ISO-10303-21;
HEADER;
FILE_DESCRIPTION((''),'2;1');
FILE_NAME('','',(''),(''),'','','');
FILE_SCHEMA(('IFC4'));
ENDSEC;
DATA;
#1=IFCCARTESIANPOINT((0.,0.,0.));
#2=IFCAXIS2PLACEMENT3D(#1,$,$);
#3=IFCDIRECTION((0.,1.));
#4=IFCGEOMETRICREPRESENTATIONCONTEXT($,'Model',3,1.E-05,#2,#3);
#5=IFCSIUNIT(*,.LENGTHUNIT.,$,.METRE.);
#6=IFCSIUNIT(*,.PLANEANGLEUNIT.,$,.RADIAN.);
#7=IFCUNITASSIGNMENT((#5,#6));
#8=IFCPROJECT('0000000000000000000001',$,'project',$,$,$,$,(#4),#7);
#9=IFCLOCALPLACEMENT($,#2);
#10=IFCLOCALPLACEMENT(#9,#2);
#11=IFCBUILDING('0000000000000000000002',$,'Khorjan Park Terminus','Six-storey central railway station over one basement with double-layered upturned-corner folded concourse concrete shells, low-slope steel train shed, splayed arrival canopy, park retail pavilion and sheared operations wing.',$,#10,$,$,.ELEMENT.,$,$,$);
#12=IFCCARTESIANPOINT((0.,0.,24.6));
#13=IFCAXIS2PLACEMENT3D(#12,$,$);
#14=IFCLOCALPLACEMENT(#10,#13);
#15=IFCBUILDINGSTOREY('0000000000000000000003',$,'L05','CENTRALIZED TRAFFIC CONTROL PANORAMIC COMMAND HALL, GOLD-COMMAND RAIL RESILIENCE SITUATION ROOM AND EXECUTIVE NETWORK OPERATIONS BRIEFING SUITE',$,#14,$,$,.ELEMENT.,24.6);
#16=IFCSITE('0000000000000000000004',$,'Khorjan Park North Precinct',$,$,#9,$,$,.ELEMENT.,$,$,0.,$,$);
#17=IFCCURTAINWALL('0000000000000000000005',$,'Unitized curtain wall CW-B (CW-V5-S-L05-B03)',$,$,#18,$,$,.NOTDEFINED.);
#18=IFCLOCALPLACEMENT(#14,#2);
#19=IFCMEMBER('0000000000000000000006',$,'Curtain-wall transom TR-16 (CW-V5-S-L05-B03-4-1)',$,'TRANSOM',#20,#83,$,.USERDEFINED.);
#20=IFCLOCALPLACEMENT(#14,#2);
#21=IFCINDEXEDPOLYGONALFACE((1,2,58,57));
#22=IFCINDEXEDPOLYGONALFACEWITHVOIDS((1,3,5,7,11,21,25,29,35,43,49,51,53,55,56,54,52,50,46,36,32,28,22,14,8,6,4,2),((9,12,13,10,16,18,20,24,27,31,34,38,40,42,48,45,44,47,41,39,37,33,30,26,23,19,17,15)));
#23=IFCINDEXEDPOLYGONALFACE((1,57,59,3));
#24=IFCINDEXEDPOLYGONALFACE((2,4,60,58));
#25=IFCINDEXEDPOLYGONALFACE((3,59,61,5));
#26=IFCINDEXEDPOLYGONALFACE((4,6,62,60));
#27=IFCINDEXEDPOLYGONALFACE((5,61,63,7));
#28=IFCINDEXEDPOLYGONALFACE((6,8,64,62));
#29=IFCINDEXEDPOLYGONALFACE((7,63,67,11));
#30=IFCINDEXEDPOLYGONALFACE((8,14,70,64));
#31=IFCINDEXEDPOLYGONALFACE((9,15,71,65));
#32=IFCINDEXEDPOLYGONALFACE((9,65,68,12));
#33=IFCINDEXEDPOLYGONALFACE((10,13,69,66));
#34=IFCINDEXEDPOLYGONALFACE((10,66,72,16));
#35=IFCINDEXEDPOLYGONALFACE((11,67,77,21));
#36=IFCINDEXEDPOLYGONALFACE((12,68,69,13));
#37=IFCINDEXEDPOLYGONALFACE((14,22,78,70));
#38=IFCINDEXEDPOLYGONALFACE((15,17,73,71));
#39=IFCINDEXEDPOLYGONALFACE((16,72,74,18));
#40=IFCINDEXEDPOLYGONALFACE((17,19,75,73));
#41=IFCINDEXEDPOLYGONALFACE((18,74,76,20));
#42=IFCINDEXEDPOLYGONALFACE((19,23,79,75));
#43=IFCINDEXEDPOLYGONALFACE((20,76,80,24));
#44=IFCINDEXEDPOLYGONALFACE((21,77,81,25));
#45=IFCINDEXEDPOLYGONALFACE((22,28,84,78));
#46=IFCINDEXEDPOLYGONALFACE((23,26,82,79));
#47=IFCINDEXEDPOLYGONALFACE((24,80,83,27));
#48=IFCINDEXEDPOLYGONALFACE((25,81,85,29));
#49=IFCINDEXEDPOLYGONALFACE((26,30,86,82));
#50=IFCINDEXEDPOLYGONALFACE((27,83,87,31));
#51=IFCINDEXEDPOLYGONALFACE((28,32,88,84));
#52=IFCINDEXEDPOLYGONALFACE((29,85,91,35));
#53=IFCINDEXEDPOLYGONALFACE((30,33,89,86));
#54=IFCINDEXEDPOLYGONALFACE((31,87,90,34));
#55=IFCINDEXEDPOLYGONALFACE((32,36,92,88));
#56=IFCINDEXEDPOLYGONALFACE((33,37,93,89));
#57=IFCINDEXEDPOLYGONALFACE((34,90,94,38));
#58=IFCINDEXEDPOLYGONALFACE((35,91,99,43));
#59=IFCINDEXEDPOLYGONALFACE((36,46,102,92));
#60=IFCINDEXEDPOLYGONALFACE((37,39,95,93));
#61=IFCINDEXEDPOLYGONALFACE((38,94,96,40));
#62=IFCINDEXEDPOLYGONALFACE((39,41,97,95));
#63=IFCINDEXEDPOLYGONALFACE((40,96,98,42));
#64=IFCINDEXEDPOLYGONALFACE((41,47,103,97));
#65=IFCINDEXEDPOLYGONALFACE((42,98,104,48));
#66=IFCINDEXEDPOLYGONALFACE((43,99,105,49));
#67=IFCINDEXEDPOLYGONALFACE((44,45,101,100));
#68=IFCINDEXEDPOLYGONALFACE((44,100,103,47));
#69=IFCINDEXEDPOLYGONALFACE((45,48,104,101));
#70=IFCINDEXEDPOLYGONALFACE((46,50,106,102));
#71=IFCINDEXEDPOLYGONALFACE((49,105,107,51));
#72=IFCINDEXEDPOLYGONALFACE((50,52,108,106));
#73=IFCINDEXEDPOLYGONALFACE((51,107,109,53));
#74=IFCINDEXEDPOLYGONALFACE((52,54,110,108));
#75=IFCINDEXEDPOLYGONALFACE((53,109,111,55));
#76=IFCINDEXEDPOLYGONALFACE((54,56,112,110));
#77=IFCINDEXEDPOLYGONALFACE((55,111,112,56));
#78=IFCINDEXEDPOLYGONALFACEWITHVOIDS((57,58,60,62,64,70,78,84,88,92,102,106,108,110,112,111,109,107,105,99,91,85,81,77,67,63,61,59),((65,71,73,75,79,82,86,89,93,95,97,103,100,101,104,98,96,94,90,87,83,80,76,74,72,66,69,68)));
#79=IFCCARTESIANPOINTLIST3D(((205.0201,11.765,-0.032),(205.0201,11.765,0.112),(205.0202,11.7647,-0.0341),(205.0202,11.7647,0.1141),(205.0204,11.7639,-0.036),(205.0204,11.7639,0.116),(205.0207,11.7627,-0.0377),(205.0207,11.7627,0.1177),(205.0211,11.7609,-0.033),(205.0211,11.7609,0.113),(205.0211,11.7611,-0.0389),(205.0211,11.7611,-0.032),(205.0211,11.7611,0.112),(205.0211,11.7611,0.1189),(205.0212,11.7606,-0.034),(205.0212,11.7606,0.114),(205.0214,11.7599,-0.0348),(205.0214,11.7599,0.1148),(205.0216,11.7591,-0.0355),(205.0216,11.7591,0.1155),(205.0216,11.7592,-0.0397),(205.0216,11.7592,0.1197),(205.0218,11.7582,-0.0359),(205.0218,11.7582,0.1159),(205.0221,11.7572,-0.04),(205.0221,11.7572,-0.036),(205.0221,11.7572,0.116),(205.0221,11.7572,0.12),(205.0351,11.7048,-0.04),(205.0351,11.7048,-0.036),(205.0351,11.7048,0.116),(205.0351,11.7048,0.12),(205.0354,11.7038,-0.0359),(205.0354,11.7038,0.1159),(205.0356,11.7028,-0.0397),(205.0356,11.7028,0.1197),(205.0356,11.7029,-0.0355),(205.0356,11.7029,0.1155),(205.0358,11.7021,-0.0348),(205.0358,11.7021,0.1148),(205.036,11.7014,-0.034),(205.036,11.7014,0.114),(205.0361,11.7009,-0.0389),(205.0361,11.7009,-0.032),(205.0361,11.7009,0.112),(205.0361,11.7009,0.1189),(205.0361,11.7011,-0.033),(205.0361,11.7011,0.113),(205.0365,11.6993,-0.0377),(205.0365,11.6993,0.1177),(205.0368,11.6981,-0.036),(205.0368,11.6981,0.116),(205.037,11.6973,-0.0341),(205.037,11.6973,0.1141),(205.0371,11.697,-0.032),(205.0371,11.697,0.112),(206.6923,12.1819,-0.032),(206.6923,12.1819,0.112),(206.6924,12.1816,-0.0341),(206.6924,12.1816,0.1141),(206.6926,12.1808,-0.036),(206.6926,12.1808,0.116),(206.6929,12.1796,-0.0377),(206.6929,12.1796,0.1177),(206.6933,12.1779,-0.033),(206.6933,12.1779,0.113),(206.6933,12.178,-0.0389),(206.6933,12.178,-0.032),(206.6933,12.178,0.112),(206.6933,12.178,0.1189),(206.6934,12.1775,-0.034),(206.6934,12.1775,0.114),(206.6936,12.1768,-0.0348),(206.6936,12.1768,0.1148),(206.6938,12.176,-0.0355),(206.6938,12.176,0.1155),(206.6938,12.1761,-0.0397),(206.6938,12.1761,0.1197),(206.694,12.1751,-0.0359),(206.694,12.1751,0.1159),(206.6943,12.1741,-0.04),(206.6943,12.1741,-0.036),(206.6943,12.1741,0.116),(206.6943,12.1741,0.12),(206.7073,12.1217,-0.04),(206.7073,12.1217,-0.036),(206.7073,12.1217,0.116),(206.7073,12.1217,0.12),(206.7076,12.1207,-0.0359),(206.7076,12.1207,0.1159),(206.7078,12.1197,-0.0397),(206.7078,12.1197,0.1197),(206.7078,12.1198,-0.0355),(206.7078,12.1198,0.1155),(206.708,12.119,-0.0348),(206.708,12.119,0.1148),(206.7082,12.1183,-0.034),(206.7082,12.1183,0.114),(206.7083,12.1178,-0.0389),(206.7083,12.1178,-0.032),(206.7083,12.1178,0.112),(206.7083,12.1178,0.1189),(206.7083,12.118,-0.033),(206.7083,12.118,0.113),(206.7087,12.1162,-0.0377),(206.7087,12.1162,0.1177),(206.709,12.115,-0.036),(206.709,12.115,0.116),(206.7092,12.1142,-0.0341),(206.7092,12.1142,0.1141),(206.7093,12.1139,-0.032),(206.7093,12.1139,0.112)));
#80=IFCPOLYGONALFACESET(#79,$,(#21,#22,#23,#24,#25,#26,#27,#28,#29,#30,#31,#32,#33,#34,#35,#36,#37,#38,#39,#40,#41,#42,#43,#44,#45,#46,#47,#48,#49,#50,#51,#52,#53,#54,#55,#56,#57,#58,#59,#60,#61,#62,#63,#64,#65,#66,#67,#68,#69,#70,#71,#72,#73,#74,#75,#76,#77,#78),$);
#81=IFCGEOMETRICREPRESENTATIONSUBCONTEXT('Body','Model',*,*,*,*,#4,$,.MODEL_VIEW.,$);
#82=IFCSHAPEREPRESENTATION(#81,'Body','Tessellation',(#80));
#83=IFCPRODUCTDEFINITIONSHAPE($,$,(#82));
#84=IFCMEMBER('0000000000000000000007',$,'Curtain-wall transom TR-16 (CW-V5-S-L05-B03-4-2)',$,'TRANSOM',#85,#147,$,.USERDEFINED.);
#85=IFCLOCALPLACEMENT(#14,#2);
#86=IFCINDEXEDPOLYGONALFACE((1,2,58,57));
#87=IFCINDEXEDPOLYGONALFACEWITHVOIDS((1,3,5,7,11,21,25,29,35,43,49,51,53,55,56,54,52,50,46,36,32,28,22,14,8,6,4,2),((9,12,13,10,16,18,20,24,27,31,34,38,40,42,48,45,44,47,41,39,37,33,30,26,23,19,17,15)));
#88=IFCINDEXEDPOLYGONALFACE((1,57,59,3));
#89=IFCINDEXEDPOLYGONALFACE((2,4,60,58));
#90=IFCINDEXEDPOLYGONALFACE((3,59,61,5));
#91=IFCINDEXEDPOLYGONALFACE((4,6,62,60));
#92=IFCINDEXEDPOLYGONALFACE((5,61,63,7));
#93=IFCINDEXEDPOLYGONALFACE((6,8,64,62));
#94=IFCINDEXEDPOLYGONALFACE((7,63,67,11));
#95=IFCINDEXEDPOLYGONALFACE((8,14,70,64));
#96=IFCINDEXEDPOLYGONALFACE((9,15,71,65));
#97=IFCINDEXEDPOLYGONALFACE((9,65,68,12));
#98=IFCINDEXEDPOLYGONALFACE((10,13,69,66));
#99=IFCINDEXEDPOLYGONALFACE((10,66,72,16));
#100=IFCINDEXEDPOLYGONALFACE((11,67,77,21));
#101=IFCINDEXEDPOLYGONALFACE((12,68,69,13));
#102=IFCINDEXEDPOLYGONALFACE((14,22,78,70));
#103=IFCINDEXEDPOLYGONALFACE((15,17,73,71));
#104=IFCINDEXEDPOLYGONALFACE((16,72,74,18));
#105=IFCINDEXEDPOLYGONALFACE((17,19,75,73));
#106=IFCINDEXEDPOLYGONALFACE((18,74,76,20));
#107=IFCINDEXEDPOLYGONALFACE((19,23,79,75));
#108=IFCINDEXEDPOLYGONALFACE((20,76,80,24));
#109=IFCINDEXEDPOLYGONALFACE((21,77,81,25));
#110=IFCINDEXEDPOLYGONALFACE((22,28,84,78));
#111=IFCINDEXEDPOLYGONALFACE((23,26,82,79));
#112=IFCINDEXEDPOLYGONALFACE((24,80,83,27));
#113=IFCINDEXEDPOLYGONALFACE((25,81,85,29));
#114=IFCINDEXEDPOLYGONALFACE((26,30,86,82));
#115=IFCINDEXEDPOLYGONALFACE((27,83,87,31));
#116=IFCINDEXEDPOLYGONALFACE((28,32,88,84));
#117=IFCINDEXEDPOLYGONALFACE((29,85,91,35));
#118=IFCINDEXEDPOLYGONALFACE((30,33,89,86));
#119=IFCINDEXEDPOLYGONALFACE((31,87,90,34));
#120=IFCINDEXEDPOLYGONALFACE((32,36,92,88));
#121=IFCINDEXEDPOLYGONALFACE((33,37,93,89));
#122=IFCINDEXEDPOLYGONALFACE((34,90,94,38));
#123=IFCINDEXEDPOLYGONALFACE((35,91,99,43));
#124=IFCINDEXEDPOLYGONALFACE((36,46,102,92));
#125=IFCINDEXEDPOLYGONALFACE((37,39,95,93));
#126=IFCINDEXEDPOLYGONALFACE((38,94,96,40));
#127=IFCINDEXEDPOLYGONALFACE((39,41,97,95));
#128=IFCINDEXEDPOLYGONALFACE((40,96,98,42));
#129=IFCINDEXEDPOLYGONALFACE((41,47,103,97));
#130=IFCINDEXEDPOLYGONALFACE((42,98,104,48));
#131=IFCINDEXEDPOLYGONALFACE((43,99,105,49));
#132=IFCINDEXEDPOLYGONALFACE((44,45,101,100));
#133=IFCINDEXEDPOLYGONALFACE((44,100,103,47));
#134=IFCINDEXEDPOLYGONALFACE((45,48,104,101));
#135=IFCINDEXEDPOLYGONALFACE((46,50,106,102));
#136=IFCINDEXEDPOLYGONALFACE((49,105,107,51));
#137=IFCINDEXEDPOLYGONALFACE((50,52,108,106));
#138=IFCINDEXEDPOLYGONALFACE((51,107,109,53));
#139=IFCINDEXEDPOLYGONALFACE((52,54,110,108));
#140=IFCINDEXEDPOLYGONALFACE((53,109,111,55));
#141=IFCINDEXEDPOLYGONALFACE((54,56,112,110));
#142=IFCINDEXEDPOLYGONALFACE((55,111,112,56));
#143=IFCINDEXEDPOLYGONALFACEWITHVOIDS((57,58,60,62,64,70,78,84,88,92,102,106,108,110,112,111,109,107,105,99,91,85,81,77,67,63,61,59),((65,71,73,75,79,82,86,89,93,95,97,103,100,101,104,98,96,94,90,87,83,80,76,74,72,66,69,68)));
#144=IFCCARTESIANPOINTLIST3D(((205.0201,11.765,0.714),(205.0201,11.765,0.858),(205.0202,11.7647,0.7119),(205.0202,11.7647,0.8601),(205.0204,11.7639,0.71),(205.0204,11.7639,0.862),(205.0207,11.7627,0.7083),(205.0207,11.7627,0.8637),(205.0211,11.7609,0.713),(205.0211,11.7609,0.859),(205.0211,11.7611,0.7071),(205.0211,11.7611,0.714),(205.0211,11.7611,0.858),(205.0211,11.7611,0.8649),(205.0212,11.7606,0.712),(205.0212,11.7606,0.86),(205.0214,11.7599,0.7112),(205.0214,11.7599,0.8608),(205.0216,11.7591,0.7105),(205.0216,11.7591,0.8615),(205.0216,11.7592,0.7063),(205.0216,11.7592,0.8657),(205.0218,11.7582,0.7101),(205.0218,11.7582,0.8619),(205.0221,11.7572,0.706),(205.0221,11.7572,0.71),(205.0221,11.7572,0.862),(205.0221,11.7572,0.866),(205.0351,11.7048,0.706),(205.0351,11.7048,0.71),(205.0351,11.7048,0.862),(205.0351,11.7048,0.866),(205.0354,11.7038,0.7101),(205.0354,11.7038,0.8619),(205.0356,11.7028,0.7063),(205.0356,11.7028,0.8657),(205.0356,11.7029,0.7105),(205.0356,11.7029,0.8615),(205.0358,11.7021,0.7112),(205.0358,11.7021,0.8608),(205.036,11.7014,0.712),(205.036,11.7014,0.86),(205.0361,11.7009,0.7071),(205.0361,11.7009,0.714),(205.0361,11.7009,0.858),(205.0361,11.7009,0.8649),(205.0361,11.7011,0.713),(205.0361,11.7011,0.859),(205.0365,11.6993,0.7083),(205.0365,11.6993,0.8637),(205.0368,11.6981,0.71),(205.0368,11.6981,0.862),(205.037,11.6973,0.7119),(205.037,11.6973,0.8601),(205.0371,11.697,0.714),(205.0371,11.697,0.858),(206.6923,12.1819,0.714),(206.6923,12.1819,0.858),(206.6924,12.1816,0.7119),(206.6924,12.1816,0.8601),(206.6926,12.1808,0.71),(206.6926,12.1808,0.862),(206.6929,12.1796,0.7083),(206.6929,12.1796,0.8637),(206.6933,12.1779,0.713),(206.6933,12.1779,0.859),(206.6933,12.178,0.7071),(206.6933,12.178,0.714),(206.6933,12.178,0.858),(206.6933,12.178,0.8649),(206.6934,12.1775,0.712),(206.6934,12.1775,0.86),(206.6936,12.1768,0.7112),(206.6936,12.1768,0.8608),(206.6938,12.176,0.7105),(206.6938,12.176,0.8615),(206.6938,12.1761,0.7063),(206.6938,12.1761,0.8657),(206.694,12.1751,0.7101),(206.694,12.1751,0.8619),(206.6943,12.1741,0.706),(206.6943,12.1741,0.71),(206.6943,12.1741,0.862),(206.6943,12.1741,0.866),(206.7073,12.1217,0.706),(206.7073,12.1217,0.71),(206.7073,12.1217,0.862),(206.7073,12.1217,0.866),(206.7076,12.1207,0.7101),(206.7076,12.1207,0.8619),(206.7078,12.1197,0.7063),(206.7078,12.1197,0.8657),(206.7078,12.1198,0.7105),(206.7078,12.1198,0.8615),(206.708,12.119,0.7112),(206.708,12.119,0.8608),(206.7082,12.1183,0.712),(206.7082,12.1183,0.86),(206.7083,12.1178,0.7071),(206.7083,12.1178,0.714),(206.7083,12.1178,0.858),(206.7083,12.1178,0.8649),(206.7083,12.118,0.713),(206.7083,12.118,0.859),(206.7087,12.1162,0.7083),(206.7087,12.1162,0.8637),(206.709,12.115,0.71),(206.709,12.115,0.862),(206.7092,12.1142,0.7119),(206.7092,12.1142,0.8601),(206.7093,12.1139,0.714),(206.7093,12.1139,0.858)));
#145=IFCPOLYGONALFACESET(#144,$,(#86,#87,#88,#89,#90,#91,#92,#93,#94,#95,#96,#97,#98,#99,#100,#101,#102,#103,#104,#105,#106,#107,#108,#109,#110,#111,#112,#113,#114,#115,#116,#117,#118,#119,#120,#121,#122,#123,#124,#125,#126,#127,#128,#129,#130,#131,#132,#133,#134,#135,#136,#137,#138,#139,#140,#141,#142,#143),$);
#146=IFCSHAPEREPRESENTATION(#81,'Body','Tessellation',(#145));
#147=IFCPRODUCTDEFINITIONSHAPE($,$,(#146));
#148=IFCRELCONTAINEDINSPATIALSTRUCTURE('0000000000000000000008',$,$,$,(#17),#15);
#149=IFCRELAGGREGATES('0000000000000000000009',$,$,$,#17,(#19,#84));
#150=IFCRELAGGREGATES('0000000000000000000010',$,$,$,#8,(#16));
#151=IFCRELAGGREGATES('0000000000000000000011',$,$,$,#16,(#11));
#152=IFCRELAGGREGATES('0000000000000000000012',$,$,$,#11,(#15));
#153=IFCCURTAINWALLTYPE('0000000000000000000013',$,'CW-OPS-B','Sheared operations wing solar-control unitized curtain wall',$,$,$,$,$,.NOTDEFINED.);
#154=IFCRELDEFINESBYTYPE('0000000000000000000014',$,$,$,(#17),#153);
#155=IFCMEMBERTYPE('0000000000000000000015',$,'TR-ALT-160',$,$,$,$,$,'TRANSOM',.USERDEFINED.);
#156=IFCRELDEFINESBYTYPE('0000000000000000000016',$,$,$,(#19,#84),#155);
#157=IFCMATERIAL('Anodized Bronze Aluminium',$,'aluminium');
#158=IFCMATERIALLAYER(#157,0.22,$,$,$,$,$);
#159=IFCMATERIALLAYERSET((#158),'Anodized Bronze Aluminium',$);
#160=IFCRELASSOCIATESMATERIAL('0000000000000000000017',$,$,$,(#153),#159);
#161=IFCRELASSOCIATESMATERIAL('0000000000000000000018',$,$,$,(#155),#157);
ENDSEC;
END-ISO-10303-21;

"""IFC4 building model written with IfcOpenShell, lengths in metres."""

from ifc_helpers import new_model, si_unit, direction, frame, origin, origin_2d, place, context, subcontext, project, spatial, hollow_rectangle, extrude, material, layer, layer_set, material_profile, profile_set, type_object, element, aggregate, save


model = new_model("IFC4")

# Units and contexts
model_context = context("Model", 3, precision=1e-05, world=origin(), true_north=direction((0.0, 1.0)))
body_context = subcontext(model_context, "Body", "Model", "MODEL_VIEW")
ifc_project = project(units=[si_unit("LENGTHUNIT", "METRE"), si_unit("PLANEANGLEUNIT", "RADIAN")], contexts=[model_context])

# Site, building, storey
site_placement = place(None, origin())
site = spatial("IfcSite", under=ifc_project, at=site_placement, Name="Khorjan Park North Precinct", CompositionType="ELEMENT", RefElevation=0.0)
building_placement = place(site_placement, origin())
building = spatial("IfcBuilding", under=site, at=building_placement, Name="Khorjan Park Terminus", Description="Six-storey central railway station over one basement with double-layered upturned-corner folded concourse concrete shells, low-slope steel train shed, splayed arrival canopy, park retail pavilion and sheared operations wing.", CompositionType="ELEMENT")
storey_placement = place(building_placement, frame((0.0, 0.0, 24.6)))
storey = spatial("IfcBuildingStorey", under=building, at=storey_placement, Name="L05", Description="CENTRALIZED TRAFFIC CONTROL PANORAMIC COMMAND HALL, GOLD-COMMAND RAIL RESILIENCE SITUATION ROOM AND EXECUTIVE NETWORK OPERATIONS BRIEFING SUITE", CompositionType="ELEMENT", Elevation=24.6)

# Curtain wall, members
ifc_material_1 = material(Name="Anodized Bronze Aluminium", Category="aluminium")
ifc_layer_1 = layer(ifc_material_1, 0.22)
ifc_layer_set_1 = layer_set([ifc_layer_1], Name="Anodized Bronze Aluminium")
curtain_wall_type = type_object("IfcCurtainWallType", Name="CW-OPS-B", Description="Sheared operations wing solar-control unitized curtain wall", PredefinedType="NOTDEFINED", material=ifc_layer_set_1)
curtain_wall_placement = place(storey_placement, origin())
curtain_wall = element("IfcCurtainWall", 1, at=curtain_wall_placement, inside=storey, type_object=curtain_wall_type, Name="Unitized curtain wall CW-B (CW-V5-S-L05-B03)", PredefinedType="NOTDEFINED")
ifc_material_profile_1 = material_profile(ifc_material_1, hollow_rectangle(XDim=0.07, YDim=0.16, WallThickness=0.004, InnerFilletRadius=0.004, OuterFilletRadius=0.008, at=origin_2d()), Name="ALT 70x160x4")
ifc_profile_set_1 = profile_set([ifc_material_profile_1], Name="Anodized Bronze Aluminium")
member_type_1 = type_object("IfcMemberType", Name="TR-ALT-160", ElementType="TRANSOM", PredefinedType="USERDEFINED", material=ifc_profile_set_1)
member_1_placement = place(storey_placement, frame((205.0286, 11.731, 0.04), z_axis=(0.970299, 0.241908, 0.0), x_axis=(-0.241908, 0.970299, 0.0)))
member_1 = element("IfcMember", 2, at=member_1_placement, type_object=member_type_1, Name="Curtain-wall transom TR-16 (CW-V5-S-L05-B03-4-1)", ObjectType="TRANSOM", PredefinedType="USERDEFINED", context=body_context, shape_type="SweptSolid", body=[
    extrude(hollow_rectangle(XDim=0.07, YDim=0.16, WallThickness=0.004, InnerFilletRadius=0.004, OuterFilletRadius=0.008, at=origin_2d()), origin(), (0.0, 0.0, 1.0), 1.7234),
])
member_2_placement = place(storey_placement, frame((205.0286, 11.731, 0.786), z_axis=(0.970299, 0.241908, 0.0), x_axis=(-0.241908, 0.970299, 0.0)))
member_2 = element("IfcMember", 3, at=member_2_placement, type_object=member_type_1, Name="Curtain-wall transom TR-16 (CW-V5-S-L05-B03-4-2)", ObjectType="TRANSOM", PredefinedType="USERDEFINED", context=body_context, shape_type="SweptSolid", body=[
    extrude(hollow_rectangle(XDim=0.07, YDim=0.16, WallThickness=0.004, InnerFilletRadius=0.004, OuterFilletRadius=0.008, at=origin_2d()), origin(), (0.0, 0.0, 1.0), 1.7234),
])
aggregate(curtain_wall, [member_1, member_2])

save(model, "model.ifc")
